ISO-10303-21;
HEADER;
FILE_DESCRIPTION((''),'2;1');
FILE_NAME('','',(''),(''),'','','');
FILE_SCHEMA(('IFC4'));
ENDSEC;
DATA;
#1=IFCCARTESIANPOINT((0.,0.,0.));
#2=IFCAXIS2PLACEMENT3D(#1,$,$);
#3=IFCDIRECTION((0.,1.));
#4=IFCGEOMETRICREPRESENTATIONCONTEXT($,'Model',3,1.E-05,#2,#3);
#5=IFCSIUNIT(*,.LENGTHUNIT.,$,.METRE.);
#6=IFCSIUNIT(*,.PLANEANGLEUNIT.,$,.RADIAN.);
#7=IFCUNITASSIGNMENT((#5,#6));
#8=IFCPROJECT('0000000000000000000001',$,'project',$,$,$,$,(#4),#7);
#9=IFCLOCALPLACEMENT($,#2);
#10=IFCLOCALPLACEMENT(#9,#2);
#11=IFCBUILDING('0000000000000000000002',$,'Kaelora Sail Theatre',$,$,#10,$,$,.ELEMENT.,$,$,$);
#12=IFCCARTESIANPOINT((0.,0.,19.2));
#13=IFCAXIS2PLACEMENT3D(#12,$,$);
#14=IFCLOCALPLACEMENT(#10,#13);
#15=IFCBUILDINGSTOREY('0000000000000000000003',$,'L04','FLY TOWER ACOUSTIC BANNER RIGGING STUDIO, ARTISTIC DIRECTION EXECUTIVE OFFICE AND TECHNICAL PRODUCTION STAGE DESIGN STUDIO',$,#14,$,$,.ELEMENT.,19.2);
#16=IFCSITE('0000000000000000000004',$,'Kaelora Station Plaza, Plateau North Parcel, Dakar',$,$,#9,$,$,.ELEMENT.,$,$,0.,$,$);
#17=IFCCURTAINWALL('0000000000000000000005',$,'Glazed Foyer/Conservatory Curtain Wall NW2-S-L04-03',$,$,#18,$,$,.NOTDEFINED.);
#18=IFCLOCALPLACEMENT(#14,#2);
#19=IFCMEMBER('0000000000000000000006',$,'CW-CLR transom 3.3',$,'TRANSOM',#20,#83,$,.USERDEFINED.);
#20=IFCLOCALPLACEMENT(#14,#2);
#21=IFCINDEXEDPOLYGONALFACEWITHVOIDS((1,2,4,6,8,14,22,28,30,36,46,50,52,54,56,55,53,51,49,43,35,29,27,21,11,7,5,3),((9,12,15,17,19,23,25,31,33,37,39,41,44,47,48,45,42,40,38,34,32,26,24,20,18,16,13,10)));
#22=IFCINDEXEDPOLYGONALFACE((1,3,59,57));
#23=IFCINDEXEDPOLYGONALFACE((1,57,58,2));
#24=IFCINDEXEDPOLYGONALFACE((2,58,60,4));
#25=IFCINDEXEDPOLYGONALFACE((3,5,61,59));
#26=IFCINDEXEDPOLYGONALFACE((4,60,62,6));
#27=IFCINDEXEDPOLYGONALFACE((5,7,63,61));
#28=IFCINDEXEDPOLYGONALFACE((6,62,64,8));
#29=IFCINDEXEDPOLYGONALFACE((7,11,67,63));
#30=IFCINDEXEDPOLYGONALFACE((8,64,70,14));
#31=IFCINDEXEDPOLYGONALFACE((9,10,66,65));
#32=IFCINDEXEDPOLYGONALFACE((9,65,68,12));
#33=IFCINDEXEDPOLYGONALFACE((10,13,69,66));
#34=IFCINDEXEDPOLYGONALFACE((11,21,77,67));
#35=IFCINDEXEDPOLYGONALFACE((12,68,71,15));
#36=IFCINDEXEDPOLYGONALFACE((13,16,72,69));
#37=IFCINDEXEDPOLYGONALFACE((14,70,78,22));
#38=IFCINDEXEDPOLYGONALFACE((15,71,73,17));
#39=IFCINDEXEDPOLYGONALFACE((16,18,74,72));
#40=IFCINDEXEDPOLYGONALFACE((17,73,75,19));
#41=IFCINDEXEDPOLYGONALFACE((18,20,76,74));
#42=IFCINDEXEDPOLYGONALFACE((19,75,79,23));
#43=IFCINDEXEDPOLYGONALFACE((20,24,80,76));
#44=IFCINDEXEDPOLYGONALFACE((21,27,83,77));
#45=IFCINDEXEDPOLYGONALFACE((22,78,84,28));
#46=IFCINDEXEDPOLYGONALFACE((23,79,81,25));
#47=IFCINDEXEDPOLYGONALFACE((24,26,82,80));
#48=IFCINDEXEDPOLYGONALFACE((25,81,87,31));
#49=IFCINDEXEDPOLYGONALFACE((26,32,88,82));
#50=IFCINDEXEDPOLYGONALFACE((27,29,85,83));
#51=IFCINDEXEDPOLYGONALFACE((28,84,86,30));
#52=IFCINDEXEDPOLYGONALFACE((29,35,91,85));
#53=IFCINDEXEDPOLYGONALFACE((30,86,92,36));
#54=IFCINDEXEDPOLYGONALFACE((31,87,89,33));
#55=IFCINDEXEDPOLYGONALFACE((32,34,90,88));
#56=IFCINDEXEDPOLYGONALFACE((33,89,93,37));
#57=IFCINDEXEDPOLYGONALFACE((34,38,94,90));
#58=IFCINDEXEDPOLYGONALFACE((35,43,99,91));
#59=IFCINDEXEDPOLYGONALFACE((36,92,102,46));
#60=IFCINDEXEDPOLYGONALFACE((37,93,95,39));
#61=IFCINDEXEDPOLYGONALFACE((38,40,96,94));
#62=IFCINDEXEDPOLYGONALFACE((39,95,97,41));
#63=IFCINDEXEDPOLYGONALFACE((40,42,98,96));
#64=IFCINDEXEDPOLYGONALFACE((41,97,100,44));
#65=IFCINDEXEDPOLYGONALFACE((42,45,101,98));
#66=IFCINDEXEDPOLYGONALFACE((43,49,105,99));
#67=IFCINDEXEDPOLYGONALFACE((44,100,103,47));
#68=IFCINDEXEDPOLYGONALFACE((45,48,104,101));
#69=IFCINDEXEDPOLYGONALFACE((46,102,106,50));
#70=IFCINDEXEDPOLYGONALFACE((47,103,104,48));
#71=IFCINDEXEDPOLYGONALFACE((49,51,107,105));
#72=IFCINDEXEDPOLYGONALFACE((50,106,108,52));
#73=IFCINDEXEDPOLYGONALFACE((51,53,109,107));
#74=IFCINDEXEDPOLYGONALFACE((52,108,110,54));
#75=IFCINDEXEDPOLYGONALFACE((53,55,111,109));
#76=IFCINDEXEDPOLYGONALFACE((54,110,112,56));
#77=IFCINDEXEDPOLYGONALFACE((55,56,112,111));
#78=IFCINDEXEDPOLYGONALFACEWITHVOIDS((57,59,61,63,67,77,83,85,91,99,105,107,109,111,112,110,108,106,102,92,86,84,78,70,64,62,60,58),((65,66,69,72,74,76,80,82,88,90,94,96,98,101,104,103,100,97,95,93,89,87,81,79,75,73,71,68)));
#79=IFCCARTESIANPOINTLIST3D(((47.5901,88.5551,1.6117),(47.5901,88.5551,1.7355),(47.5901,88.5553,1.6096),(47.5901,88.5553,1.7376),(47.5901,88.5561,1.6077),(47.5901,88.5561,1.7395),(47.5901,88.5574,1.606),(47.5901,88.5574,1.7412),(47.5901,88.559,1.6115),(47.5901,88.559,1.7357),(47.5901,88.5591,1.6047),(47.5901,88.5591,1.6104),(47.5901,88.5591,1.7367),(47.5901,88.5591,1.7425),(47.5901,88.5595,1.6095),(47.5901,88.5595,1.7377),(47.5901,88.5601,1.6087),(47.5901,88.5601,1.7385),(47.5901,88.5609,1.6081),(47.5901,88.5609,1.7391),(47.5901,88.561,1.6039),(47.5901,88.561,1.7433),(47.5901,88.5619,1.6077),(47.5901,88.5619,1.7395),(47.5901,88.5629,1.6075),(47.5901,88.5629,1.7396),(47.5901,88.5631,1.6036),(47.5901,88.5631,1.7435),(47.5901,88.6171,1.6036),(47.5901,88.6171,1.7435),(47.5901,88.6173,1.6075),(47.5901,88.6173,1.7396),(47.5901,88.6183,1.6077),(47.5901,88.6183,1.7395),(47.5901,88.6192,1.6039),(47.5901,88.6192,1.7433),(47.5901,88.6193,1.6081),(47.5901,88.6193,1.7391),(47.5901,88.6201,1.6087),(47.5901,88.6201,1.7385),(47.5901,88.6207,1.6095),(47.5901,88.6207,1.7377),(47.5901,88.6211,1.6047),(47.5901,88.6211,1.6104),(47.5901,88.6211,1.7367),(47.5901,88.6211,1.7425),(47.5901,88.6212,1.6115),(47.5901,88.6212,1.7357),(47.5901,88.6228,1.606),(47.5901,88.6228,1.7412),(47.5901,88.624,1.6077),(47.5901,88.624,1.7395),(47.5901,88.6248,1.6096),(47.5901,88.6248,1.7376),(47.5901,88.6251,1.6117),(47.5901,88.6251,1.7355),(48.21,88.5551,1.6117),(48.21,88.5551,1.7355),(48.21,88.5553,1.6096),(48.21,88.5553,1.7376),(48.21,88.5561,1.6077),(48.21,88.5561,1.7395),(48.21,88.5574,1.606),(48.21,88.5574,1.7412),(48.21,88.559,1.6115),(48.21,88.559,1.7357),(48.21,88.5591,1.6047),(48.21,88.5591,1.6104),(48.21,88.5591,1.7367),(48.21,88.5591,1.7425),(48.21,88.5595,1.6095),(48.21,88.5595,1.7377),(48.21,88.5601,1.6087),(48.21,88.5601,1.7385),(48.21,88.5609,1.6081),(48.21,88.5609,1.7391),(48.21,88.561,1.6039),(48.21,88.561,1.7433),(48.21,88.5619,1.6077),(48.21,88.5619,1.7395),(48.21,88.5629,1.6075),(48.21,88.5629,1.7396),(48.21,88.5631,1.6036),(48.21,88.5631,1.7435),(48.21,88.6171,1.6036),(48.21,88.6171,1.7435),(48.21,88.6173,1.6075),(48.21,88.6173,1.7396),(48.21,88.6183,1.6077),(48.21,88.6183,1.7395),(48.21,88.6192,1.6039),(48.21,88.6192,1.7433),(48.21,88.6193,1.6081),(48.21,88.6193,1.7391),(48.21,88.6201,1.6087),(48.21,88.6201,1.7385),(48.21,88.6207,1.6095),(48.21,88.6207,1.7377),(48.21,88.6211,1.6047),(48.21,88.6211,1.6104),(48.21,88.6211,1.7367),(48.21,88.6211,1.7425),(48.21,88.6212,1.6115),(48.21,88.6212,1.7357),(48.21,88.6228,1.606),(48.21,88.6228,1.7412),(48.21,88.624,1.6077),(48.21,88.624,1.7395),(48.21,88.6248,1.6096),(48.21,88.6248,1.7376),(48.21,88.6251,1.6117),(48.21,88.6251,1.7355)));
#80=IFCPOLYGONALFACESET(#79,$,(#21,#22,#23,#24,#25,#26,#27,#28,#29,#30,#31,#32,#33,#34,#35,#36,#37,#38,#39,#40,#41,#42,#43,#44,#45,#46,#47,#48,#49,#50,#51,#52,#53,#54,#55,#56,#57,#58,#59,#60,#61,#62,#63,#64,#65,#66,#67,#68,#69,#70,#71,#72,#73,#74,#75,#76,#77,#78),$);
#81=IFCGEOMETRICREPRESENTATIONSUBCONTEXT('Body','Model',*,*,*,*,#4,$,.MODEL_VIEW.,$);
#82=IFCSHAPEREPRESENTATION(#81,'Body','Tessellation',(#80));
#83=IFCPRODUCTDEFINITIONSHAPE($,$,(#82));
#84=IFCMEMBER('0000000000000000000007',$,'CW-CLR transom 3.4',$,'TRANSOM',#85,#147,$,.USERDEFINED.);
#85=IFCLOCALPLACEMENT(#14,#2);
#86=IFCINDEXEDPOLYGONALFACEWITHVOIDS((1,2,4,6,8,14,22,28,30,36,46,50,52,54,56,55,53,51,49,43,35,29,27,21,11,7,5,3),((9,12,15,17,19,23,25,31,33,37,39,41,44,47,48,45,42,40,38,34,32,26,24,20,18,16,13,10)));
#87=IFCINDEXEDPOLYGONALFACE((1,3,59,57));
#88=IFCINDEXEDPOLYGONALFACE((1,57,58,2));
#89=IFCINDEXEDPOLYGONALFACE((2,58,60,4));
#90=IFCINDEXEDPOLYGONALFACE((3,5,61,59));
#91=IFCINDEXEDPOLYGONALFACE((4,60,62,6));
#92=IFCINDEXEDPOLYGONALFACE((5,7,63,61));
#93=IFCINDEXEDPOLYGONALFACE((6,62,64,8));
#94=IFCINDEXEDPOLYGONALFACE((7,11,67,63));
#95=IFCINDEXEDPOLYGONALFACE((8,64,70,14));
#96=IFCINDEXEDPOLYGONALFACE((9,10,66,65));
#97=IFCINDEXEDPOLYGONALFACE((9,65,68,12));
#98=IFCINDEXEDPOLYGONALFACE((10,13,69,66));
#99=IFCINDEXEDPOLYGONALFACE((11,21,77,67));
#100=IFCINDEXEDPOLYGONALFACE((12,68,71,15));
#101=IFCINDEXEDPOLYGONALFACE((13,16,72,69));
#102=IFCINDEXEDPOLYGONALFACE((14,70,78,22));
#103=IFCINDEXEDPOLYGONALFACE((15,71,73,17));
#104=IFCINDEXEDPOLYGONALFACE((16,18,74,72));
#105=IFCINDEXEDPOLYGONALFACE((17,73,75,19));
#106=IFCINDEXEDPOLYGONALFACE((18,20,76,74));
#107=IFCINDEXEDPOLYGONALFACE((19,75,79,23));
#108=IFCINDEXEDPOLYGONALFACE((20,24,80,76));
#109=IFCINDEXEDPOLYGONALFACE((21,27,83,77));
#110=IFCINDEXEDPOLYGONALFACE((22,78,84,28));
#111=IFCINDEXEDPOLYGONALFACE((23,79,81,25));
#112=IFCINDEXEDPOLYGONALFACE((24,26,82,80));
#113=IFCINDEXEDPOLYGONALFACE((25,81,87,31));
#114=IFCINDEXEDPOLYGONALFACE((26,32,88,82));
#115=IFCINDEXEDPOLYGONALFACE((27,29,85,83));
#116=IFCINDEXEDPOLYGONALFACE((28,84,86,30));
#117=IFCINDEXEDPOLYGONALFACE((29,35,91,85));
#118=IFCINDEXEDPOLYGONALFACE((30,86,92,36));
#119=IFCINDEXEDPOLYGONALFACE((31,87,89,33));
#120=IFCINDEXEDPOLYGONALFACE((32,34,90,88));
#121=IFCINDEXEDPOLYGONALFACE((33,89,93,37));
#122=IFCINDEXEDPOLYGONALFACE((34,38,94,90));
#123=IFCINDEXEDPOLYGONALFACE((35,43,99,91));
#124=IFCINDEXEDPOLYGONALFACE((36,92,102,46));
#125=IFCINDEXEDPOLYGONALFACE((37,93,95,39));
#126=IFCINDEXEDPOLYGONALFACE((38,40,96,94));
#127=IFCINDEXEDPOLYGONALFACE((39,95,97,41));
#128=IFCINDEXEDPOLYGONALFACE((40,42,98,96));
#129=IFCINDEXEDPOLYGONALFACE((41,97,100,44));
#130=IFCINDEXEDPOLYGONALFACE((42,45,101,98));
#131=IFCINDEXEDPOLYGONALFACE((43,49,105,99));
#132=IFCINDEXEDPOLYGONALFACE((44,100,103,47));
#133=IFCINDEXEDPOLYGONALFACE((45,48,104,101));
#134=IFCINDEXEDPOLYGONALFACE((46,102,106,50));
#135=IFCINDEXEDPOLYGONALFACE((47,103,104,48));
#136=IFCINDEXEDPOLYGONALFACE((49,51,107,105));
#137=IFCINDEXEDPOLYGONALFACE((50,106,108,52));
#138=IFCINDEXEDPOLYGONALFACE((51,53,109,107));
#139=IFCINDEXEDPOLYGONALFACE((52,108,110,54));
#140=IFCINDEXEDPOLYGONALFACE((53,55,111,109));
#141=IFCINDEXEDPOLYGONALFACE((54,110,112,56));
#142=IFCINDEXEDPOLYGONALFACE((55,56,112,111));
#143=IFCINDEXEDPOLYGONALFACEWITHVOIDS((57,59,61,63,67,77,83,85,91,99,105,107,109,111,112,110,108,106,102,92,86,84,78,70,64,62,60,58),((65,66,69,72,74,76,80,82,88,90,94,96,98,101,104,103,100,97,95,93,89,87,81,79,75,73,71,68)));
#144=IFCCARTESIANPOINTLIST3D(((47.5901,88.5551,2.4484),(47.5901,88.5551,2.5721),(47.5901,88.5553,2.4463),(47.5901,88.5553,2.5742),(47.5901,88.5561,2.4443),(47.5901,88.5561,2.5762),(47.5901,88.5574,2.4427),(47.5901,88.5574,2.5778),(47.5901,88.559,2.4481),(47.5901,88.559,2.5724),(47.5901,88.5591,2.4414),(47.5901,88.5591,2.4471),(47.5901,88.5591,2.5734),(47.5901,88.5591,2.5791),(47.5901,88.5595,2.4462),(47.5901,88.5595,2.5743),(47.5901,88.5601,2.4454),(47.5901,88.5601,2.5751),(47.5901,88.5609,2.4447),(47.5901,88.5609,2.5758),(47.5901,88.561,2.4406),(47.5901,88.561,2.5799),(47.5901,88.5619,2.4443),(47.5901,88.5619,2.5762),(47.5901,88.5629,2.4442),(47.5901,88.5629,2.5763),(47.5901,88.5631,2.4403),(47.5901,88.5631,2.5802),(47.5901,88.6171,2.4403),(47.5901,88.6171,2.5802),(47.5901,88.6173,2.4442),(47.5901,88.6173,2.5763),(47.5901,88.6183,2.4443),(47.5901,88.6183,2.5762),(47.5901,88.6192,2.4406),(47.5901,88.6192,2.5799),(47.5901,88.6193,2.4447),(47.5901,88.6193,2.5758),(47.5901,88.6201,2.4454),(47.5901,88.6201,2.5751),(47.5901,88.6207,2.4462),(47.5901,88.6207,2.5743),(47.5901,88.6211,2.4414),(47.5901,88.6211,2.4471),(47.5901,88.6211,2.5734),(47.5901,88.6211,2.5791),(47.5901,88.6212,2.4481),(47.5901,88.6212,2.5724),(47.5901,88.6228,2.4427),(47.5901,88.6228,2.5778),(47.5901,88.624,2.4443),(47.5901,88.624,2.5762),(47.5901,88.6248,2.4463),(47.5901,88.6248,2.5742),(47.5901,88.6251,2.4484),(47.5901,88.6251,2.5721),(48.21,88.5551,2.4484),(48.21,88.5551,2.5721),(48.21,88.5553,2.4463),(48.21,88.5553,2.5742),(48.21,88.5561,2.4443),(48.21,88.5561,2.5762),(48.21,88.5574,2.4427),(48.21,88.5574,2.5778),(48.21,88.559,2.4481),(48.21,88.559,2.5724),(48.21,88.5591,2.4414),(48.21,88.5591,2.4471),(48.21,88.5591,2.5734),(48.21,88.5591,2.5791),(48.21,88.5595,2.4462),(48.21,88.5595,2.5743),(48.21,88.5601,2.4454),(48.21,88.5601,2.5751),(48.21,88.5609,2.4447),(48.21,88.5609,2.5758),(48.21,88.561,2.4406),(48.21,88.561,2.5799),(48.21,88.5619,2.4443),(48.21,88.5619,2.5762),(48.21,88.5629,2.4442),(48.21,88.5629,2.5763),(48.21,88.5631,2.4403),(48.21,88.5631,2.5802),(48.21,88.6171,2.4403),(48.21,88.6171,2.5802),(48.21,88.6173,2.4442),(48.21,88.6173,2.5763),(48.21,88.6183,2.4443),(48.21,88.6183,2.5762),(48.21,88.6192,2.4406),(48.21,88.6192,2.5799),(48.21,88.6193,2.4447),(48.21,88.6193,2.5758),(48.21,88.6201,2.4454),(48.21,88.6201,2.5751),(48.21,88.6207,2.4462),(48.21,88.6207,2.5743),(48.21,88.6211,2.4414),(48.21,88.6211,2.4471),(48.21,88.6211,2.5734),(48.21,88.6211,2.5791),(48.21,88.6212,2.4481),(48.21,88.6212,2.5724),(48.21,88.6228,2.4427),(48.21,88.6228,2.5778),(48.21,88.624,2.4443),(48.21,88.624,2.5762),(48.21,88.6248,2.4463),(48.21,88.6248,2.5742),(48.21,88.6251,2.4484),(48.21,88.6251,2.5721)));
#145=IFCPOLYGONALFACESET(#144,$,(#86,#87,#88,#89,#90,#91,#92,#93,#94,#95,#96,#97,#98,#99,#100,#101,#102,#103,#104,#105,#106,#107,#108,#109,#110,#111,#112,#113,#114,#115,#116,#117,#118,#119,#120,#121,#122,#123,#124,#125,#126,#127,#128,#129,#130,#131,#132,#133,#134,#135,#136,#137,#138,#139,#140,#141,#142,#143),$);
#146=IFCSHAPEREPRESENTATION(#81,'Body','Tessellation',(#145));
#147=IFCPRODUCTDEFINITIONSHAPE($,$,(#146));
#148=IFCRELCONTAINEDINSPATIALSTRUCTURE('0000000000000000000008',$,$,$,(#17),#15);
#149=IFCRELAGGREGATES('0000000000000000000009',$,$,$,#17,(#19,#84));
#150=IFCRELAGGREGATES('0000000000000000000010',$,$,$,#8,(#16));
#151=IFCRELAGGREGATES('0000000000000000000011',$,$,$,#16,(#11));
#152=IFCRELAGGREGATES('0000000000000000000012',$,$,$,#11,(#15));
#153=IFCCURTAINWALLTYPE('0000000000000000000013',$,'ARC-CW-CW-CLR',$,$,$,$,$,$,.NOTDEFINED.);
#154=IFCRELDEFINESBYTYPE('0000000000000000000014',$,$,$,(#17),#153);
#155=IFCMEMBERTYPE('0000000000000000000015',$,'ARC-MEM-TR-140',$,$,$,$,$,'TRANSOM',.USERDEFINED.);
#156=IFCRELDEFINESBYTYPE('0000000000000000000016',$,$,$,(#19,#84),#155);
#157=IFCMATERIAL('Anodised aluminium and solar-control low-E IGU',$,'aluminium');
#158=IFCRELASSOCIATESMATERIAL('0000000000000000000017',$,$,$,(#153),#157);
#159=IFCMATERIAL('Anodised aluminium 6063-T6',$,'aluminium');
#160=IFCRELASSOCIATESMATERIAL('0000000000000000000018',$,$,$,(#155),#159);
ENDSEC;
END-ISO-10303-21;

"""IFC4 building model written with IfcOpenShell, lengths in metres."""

from ifc_helpers import new_model, si_unit, direction, frame, origin, origin_2d, place, context, subcontext, project, spatial, hollow_rectangle, extrude, material, material_profile, profile_set, type_object, element, aggregate, save


model = new_model("IFC4")

# Units and contexts
model_context = context("Model", 3, precision=1e-05, world=origin(), true_north=direction((0.0, 1.0)))
body_context = subcontext(model_context, "Body", "Model", "MODEL_VIEW")
ifc_project = project(units=[si_unit("LENGTHUNIT", "METRE"), si_unit("PLANEANGLEUNIT", "RADIAN")], contexts=[model_context])

# Site, building, storey
site_placement = place(None, origin())
site = spatial("IfcSite", under=ifc_project, at=site_placement, Name="Kaelora Station Plaza, Plateau North Parcel, Dakar", CompositionType="ELEMENT", RefElevation=0.0)
building_placement = place(site_placement, origin())
building = spatial("IfcBuilding", under=site, at=building_placement, Name="Kaelora Sail Theatre", CompositionType="ELEMENT")
storey_placement = place(building_placement, frame((0.0, 0.0, 19.2)))
storey = spatial("IfcBuildingStorey", under=building, at=storey_placement, Name="L04", Description="FLY TOWER ACOUSTIC BANNER RIGGING STUDIO, ARTISTIC DIRECTION EXECUTIVE OFFICE AND TECHNICAL PRODUCTION STAGE DESIGN STUDIO", CompositionType="ELEMENT", Elevation=19.2)

# Curtain wall, members
ifc_material_1 = material(Name="Anodised aluminium and solar-control low-E IGU", Category="aluminium")
curtain_wall_type = type_object("IfcCurtainWallType", Name="ARC-CW-CW-CLR", PredefinedType="NOTDEFINED", material=ifc_material_1)
curtain_wall_placement = place(storey_placement, origin())
curtain_wall = element("IfcCurtainWall", 1, at=curtain_wall_placement, inside=storey, type_object=curtain_wall_type, Name="Glazed Foyer/Conservatory Curtain Wall NW2-S-L04-03", PredefinedType="NOTDEFINED")
ifc_material_2 = material(Name="Anodised aluminium 6063-T6", Category="aluminium")
ifc_material_profile = material_profile(ifc_material_2, hollow_rectangle(XDim=0.0701, YDim=0.1399, WallThickness=0.0039, InnerFilletRadius=0.0039, OuterFilletRadius=0.0081, at=origin_2d()), Name="ALU-TRAN 70x140x4")
ifc_profile_set = profile_set([ifc_material_profile], Name="Anodised aluminium 6063-T6")
member_type = type_object("IfcMemberType", Name="ARC-MEM-TR-140", ElementType="TRANSOM", PredefinedType="USERDEFINED", material=ifc_profile_set)
member_1_placement = place(storey_placement, frame((47.5901, 88.5901, 1.6736), z_axis=(1.0, 0.0, 0.0), x_axis=(0.0, 1.0, 0.0)))
member_1 = element("IfcMember", 2, at=member_1_placement, type_object=member_type, Name="CW-CLR transom 3.3", ObjectType="TRANSOM", PredefinedType="USERDEFINED", context=body_context, shape_type="SweptSolid", body=[
    extrude(hollow_rectangle(XDim=0.0701, YDim=0.1399, WallThickness=0.0039, InnerFilletRadius=0.0039, OuterFilletRadius=0.0081, at=origin_2d()), origin(), (0.0, 0.0, 1.0), 0.6199),
])
member_2_placement = place(storey_placement, frame((47.5901, 88.5901, 2.5103), z_axis=(1.0, 0.0, 0.0), x_axis=(0.0, 1.0, 0.0)))
member_2 = element("IfcMember", 3, at=member_2_placement, type_object=member_type, Name="CW-CLR transom 3.4", ObjectType="TRANSOM", PredefinedType="USERDEFINED", context=body_context, shape_type="SweptSolid", body=[
    extrude(hollow_rectangle(XDim=0.0701, YDim=0.1399, WallThickness=0.0039, InnerFilletRadius=0.0039, OuterFilletRadius=0.0081, at=origin_2d()), origin(), (0.0, 0.0, 1.0), 0.6199),
])
aggregate(curtain_wall, [member_1, member_2])

save(model, "model.ifc")
